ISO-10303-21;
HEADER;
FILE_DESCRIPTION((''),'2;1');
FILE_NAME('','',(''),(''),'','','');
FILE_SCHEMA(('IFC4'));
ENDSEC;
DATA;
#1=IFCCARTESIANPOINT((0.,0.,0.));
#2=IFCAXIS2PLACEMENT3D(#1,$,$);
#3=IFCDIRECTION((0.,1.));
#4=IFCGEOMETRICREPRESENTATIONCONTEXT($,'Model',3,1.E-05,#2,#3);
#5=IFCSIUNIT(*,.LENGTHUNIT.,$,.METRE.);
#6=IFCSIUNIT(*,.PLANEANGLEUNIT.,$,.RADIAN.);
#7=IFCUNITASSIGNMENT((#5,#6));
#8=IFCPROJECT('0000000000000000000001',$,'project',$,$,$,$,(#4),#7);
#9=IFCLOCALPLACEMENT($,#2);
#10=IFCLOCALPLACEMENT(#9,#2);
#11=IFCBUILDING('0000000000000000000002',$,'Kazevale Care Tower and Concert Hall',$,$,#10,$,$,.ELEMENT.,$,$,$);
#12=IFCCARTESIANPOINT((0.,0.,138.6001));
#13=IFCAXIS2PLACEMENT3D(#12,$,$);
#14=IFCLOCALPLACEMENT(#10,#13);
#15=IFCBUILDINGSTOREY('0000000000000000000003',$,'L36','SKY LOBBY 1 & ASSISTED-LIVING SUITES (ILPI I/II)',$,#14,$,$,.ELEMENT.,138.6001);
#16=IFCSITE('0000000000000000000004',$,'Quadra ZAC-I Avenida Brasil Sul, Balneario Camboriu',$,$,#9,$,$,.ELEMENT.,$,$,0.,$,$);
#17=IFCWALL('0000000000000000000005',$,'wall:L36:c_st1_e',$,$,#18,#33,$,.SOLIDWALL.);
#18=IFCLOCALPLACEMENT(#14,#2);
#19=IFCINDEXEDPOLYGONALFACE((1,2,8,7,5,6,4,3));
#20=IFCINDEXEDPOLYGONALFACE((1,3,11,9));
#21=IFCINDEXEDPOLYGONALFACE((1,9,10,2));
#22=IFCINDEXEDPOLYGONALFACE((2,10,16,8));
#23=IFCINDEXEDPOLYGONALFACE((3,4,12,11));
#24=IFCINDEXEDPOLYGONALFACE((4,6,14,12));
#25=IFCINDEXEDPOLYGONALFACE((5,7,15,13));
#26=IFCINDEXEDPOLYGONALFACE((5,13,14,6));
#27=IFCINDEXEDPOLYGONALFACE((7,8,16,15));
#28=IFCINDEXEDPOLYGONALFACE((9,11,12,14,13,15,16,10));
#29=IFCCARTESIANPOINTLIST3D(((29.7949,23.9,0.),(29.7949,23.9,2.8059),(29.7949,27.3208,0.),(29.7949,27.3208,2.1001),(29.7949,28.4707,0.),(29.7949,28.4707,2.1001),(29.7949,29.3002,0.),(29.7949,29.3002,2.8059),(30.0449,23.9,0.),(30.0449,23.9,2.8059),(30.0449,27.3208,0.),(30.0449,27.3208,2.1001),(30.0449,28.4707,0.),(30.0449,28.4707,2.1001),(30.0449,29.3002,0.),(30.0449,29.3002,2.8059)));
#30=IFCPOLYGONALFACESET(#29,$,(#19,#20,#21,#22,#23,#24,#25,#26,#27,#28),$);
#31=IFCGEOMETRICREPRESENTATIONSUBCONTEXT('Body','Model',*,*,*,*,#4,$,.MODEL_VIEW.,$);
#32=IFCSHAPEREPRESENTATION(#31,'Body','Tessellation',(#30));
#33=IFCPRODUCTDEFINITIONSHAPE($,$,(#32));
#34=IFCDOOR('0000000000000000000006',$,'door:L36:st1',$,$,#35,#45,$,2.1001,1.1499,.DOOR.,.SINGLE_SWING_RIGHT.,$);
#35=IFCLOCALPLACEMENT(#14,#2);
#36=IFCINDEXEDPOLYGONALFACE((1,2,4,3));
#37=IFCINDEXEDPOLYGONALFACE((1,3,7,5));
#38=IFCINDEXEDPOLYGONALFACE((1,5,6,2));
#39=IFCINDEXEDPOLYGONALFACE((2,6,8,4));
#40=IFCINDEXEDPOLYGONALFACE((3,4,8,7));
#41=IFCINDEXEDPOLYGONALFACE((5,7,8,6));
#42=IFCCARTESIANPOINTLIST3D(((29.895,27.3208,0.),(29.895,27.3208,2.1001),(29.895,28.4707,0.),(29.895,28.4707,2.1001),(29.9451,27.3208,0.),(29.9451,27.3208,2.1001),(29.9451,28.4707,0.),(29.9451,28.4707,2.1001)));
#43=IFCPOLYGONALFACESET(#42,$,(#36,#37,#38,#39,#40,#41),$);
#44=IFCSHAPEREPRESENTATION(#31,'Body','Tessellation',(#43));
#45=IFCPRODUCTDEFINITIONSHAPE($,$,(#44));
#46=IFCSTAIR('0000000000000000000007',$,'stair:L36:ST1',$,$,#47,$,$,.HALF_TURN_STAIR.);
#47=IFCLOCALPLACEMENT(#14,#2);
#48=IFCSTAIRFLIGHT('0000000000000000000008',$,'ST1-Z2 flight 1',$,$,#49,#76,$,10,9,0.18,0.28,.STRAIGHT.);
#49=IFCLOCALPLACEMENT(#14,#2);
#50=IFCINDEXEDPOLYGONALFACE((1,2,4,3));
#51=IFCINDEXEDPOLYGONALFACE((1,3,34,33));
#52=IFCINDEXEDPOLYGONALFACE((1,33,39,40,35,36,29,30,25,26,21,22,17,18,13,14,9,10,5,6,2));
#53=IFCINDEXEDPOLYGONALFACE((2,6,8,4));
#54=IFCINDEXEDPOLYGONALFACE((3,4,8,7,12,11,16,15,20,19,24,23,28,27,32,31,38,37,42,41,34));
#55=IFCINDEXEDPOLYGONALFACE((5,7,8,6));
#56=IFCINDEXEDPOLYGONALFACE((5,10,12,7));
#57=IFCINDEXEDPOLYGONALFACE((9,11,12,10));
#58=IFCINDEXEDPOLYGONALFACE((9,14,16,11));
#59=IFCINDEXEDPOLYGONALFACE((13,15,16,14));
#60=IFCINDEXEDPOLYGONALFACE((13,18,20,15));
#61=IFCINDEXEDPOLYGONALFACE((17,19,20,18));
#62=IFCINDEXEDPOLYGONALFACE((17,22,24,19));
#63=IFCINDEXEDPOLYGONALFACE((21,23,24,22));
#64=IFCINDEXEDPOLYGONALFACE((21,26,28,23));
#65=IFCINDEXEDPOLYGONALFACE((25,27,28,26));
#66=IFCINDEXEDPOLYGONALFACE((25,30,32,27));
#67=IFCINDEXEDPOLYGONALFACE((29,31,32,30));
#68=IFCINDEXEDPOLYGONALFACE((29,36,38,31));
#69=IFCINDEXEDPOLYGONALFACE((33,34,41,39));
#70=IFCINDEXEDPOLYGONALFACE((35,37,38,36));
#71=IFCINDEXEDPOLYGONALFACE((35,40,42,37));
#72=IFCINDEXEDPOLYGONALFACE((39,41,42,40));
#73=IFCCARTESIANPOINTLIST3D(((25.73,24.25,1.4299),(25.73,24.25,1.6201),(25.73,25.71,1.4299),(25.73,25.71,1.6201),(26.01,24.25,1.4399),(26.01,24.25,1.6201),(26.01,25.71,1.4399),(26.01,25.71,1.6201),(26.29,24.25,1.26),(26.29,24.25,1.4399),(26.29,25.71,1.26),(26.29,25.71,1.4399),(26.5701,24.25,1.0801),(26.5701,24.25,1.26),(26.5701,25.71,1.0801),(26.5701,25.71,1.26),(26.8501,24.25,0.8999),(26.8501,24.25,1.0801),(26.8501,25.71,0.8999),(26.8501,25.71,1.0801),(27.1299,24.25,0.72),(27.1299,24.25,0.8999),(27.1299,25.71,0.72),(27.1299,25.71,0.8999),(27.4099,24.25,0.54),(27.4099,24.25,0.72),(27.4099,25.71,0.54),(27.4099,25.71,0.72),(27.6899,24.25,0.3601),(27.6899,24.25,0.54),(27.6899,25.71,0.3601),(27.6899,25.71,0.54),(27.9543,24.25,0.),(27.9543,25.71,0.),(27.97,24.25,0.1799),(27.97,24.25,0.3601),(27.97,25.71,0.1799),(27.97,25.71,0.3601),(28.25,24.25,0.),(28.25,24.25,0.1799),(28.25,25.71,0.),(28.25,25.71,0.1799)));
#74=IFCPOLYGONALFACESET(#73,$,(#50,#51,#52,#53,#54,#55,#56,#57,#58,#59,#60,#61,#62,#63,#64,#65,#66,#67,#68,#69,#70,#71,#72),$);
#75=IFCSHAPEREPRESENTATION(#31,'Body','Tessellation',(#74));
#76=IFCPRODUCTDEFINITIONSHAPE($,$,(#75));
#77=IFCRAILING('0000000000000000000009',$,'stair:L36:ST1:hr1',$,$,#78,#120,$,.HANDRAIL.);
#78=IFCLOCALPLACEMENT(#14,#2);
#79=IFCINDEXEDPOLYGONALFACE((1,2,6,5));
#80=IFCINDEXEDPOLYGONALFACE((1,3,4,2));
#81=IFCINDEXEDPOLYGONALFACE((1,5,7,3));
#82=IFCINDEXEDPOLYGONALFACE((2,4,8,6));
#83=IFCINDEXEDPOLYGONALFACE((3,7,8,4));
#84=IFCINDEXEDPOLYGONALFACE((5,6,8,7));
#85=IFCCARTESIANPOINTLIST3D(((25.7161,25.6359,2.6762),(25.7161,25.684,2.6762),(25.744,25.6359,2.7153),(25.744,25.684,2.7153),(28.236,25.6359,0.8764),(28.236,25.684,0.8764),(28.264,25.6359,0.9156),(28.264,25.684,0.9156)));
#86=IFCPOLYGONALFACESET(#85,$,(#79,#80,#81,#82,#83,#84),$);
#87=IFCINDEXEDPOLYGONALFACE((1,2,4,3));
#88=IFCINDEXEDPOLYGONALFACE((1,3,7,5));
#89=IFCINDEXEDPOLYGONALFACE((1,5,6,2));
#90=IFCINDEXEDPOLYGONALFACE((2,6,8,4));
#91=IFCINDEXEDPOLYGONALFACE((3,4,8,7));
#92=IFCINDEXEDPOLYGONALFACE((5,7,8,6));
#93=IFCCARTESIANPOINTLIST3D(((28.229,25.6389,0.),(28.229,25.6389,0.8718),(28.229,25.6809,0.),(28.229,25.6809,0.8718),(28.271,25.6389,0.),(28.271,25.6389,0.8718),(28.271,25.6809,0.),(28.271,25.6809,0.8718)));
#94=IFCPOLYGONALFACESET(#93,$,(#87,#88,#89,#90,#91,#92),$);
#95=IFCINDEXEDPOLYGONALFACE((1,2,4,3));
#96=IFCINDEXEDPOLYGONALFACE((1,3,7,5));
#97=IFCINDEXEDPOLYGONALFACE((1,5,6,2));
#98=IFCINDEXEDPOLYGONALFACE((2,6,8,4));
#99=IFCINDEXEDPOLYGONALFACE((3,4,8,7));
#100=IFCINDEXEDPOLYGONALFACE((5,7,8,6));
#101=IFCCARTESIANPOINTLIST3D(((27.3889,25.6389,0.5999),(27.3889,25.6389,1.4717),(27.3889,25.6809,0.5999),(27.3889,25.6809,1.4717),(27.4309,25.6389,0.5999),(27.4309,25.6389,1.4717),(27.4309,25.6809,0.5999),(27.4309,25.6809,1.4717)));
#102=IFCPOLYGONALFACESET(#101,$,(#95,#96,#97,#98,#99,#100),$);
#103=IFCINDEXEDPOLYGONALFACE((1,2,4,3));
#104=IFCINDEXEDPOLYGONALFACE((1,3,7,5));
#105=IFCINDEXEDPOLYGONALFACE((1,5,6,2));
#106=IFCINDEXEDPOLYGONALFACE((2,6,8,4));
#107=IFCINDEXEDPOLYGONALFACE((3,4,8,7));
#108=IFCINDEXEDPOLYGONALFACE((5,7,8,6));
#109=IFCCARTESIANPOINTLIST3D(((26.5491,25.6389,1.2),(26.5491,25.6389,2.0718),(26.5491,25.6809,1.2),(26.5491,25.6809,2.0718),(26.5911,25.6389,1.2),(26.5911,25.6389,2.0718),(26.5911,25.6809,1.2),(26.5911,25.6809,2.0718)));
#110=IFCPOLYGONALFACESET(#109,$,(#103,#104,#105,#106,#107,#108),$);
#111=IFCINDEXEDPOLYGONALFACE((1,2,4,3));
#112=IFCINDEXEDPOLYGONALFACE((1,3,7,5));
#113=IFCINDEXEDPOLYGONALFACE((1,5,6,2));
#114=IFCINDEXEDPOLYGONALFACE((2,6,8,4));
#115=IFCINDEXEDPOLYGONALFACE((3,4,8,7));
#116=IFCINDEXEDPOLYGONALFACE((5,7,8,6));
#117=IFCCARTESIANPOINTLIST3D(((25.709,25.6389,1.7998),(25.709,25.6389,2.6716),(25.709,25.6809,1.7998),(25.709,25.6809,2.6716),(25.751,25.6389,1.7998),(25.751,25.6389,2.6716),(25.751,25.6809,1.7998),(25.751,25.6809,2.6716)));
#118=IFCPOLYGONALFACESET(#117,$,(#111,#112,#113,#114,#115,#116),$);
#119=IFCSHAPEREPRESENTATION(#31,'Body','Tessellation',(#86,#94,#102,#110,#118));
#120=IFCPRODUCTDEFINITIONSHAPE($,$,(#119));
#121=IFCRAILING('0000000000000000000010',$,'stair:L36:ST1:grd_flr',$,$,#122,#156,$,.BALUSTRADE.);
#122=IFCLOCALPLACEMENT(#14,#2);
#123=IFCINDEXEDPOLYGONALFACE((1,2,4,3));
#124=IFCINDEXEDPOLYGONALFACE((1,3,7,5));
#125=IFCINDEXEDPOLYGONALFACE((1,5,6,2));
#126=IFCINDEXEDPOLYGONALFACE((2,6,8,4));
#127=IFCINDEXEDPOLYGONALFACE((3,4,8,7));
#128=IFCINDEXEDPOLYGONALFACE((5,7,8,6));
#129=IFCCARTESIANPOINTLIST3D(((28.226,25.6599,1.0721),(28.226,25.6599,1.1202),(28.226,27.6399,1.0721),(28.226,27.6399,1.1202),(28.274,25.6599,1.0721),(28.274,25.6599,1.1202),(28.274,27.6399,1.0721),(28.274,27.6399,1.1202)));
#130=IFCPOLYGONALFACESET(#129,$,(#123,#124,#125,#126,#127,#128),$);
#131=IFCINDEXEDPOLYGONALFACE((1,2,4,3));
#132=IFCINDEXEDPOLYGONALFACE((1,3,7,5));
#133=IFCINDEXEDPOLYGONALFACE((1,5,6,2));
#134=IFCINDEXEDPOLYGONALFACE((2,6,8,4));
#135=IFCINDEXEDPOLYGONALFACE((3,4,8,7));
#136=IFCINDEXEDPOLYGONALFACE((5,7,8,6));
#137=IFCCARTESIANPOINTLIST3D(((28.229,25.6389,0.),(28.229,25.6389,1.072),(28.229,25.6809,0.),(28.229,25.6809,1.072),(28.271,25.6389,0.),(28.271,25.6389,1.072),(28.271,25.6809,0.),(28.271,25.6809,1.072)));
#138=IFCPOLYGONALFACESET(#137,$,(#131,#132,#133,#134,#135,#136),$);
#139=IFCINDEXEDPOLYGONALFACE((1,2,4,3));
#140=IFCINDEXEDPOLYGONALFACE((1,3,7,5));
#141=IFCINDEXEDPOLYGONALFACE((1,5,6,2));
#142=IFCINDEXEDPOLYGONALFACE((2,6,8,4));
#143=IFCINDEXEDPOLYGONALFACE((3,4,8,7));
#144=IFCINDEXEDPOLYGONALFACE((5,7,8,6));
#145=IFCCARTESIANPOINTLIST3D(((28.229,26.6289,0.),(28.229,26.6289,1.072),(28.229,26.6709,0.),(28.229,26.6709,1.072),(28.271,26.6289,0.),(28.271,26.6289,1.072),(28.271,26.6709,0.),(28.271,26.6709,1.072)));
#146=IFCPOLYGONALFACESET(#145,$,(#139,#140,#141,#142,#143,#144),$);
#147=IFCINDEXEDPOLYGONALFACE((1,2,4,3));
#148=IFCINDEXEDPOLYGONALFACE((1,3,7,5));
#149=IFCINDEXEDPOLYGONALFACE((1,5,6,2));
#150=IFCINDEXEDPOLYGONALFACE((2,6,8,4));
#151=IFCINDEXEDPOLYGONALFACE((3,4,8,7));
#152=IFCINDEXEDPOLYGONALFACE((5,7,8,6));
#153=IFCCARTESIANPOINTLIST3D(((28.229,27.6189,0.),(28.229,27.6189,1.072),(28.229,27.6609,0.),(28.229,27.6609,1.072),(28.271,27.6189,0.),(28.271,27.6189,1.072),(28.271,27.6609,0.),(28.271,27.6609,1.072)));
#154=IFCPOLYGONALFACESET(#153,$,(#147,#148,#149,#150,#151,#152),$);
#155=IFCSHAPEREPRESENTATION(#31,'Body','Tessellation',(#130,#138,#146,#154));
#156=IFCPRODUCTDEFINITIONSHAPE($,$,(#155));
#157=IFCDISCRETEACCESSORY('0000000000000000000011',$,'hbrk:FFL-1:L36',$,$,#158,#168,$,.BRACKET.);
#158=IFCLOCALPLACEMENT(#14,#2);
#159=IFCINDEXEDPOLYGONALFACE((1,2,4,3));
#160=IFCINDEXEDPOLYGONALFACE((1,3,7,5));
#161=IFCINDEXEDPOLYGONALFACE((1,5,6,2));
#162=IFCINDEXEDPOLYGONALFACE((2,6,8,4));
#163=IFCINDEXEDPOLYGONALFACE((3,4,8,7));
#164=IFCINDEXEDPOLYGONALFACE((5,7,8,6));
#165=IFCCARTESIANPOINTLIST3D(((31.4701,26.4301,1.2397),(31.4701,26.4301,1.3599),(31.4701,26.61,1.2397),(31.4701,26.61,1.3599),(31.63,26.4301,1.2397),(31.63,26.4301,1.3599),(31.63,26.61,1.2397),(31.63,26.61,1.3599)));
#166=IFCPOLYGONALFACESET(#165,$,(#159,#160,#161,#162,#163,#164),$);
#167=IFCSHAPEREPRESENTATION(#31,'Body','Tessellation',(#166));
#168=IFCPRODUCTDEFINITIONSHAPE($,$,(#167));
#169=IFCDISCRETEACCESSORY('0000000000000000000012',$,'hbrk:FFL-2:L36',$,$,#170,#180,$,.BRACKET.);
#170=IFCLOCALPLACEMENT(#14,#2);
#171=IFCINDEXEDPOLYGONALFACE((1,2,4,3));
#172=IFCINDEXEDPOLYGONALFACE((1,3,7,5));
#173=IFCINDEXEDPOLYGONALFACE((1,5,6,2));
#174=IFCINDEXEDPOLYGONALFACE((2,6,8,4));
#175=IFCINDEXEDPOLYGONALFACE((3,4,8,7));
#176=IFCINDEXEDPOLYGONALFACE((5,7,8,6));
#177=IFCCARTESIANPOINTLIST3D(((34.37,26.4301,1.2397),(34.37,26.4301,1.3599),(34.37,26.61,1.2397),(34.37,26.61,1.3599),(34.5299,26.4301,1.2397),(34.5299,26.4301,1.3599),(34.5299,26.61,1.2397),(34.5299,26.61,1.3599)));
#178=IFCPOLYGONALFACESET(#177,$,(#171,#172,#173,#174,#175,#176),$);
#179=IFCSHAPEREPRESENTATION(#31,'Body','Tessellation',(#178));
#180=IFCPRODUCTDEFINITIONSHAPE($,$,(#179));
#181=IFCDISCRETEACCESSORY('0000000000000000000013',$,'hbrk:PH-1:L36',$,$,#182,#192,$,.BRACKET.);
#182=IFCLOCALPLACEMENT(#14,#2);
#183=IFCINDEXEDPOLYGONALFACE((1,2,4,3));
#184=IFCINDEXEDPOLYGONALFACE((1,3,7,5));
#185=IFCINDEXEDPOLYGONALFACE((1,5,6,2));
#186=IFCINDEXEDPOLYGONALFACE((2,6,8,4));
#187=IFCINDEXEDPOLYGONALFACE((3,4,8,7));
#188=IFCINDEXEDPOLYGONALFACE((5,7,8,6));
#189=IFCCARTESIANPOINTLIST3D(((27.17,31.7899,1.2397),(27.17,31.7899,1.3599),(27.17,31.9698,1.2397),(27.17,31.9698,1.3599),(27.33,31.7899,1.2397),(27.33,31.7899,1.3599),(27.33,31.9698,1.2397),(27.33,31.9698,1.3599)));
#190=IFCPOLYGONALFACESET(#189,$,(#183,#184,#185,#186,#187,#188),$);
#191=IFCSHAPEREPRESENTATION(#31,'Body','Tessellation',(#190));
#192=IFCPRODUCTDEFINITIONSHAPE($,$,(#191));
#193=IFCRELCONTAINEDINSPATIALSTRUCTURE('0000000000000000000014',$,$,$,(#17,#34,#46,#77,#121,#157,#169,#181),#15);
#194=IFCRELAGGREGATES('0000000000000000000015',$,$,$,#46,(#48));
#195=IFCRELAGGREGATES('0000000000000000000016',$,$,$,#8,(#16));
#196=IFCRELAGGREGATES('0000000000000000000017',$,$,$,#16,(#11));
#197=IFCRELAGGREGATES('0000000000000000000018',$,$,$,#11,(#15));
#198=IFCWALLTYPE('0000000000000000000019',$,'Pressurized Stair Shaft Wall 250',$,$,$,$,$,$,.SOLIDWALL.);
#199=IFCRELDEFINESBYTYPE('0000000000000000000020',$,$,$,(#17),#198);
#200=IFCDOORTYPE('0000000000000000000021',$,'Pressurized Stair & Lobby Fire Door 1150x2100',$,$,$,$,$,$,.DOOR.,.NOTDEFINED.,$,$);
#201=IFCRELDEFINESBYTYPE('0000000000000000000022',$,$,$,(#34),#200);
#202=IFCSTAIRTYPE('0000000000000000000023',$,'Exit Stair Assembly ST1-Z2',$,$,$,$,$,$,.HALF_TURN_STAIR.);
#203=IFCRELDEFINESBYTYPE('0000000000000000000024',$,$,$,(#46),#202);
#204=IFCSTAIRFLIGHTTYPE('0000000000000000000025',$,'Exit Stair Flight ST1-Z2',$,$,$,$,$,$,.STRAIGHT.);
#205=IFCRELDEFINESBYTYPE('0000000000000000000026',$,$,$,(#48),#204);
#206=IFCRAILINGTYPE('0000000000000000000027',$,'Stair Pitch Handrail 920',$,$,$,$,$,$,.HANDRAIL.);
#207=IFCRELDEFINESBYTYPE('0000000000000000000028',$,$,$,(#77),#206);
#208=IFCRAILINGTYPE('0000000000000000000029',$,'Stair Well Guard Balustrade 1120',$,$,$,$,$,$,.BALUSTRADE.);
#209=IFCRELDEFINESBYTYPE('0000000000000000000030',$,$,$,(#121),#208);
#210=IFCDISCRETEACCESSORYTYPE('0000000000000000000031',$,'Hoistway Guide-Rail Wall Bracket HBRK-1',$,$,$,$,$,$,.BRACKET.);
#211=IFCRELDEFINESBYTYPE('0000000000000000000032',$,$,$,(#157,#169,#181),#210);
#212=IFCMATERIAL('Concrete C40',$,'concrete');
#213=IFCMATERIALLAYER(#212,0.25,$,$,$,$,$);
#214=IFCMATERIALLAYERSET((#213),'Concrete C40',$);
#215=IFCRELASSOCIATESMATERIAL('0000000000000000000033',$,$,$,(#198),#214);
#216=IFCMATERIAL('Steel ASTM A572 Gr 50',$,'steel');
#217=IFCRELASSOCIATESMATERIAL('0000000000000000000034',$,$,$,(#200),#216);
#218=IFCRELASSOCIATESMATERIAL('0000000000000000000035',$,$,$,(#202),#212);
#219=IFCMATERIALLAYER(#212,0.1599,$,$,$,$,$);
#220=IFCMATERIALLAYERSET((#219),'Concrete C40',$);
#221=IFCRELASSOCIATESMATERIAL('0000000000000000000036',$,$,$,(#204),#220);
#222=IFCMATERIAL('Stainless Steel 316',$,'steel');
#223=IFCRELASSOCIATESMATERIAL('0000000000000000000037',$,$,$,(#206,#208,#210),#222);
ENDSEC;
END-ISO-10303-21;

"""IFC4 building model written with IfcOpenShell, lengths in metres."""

from ifc_helpers import new_model, si_unit, direction, frame, frame_2d, origin, origin_2d, place, context, subcontext, project, spatial, polyline, rectangle, outline, extrude, material, layer, layer_set, type_object, element, fill, aggregate, save


model = new_model("IFC4")

# Units and contexts
model_context = context("Model", 3, precision=1e-05, world=origin(), true_north=direction((0.0, 1.0)))
body_context = subcontext(model_context, "Body", "Model", "MODEL_VIEW")
ifc_project = project(units=[si_unit("LENGTHUNIT", "METRE"), si_unit("PLANEANGLEUNIT", "RADIAN")], contexts=[model_context])

# Site, building, storey
site_placement = place(None, origin())
site = spatial("IfcSite", under=ifc_project, at=site_placement, Name="Quadra ZAC-I Avenida Brasil Sul, Balneario Camboriu", CompositionType="ELEMENT", RefElevation=0.0)
building_placement = place(site_placement, origin())
building = spatial("IfcBuilding", under=site, at=building_placement, Name="Kazevale Care Tower and Concert Hall", CompositionType="ELEMENT")
storey_placement = place(building_placement, frame((0.0, 0.0, 138.6001)))
storey = spatial("IfcBuildingStorey", under=building, at=storey_placement, Name="L36", Description="SKY LOBBY 1 & ASSISTED-LIVING SUITES (ILPI I/II)", CompositionType="ELEMENT", Elevation=138.6001)

# Shared definitions
ifc_material_1 = material(Name="Steel ASTM A572 Gr 50", Category="steel")

# Shared definitions
ifc_material_2 = material(Name="Concrete C40", Category="concrete")
ifc_material_3 = material(Name="Stainless Steel 316", Category="steel")

# Wall, opening, door
ifc_layer_1 = layer(ifc_material_2, 0.25)
ifc_layer_set_1 = layer_set([ifc_layer_1], Name="Concrete C40")
wall_type_1 = type_object("IfcWallType", Name="Pressurized Stair Shaft Wall 250", PredefinedType="SOLIDWALL", material=ifc_layer_set_1)
wall_1_placement = place(storey_placement, frame((29.9199, 23.8999, 0.0), z_axis=(0.0, 0.0, 1.0), x_axis=(0.0, 1.0, 0.0)))
wall_1 = element("IfcWall", 1, at=wall_1_placement, inside=storey, type_object=wall_type_1, Name="wall:L36:c_st1_e", PredefinedType="SOLIDWALL", context=body_context, shape_type="SweptSolid", body=[
    extrude(rectangle(XDim=5.4001, YDim=0.25, at=frame_2d((2.7002, 0.0))), origin(), (0.0, 0.0, 1.0), 2.8059),
])
opening_1_placement = place(wall_1_placement, frame((3.4209, 0.0, 0.0)))
opening_1 = element("IfcOpeningElement", 2, at=opening_1_placement, cuts=wall_1, PredefinedType="OPENING", context=body_context, shape_type="SweptSolid", body=[
    extrude(rectangle(XDim=1.1499, YDim=2.1001, at=frame_2d((0.575, 1.05))), frame((0.0, 0.135, 0.0), z_axis=(0.0, -1.0, 0.0), x_axis=(1.0, 0.0, 0.0)), (0.0, 0.0, 1.0), 0.27),
])
door_type_1 = type_object("IfcDoorType", Name="Pressurized Stair & Lobby Fire Door 1150x2100", OperationType="NOTDEFINED", PredefinedType="DOOR", material=ifc_material_1)
door_1_placement = place(opening_1_placement, origin())
door_1 = element("IfcDoor", 3, at=door_1_placement, inside=storey, type_object=door_type_1, Name="door:L36:st1", OperationType="SINGLE_SWING_RIGHT", OverallHeight=2.1001, OverallWidth=1.1499, PredefinedType="DOOR", context=body_context, shape_type="SweptSolid", body=[
    extrude(rectangle(XDim=1.1499, YDim=2.1001, at=frame_2d((0.575, 1.05))), frame((0.0, 0.0249, 0.0), z_axis=(0.0, -1.0, 0.0), x_axis=(1.0, 0.0, 0.0)), (0.0, 0.0, 1.0), 0.05),
])
fill(opening_1, door_1)

# Stair, stair flight
stair_type = type_object("IfcStairType", Name="Exit Stair Assembly ST1-Z2", PredefinedType="HALF_TURN_STAIR", material=ifc_material_2)
stair_placement = place(storey_placement, origin())
stair = element("IfcStair", 4, at=stair_placement, inside=storey, type_object=stair_type, Name="stair:L36:ST1", PredefinedType="HALF_TURN_STAIR")
ifc_layer_2 = layer(ifc_material_2, 0.1599)
ifc_layer_set_2 = layer_set([ifc_layer_2], Name="Concrete C40")
stair_flight_type = type_object("IfcStairFlightType", Name="Exit Stair Flight ST1-Z2", PredefinedType="STRAIGHT", material=ifc_layer_set_2)
stair_flight_placement = place(storey_placement, frame((28.25, 24.98, 0.0), z_axis=(0.0, 0.0, 1.0), x_axis=(-1.0, 0.0, 0.0)))
stair_flight = element("IfcStairFlight", 5, at=stair_flight_placement, type_object=stair_flight_type, Name="ST1-Z2 flight 1", NumberOfRisers=10, NumberOfTreads=9, PredefinedType="STRAIGHT", RiserHeight=0.18, TreadLength=0.28, context=body_context, shape_type="SweptSolid", body=[
    extrude(outline(polyline([(0.0, 0.0), (0.0, 0.1799), (0.28, 0.1799), (0.28, 0.3601), (0.5601, 0.3601), (0.5601, 0.54), (0.8401, 0.54), (0.8401, 0.72), (1.1201, 0.72), (1.1201, 0.8999), (1.3999, 0.8999), (1.3999, 1.0801), (1.6799, 1.0801), (1.6799, 1.26), (1.96, 1.26), (1.96, 1.4399), (2.24, 1.4399), (2.24, 1.6201), (2.52, 1.6201), (2.52, 1.8), (2.52, 1.4299), (0.2957, 0.0), (0.0, 0.0)])), frame((0.0, 0.73, 0.0), z_axis=(0.0, -1.0, 0.0), x_axis=(1.0, 0.0, 0.0)), (0.0, 0.0, 1.0), 1.46),
])
aggregate(stair, [stair_flight])

# Railings
railing_type_1 = type_object("IfcRailingType", Name="Stair Pitch Handrail 920", PredefinedType="HANDRAIL", material=ifc_material_3)
railing_1_placement = place(storey_placement, frame((28.25, 25.6599, 0.0)))
element("IfcRailing", 6, at=railing_1_placement, inside=storey, type_object=railing_type_1, Name="stair:L36:ST1:hr1", PredefinedType="HANDRAIL", context=body_context, shape_type="SweptSolid", body=[
    extrude(rectangle(XDim=0.0481, YDim=0.0481, at=origin_2d()), frame((0.0, 0.0, 0.896), z_axis=(-0.813765, 0.0, 0.581193), x_axis=(0.0, -1.0, 0.0)), (0.0, 0.0, 1.0), 3.0967),
    extrude(rectangle(XDim=0.042, YDim=0.042, at=origin_2d()), origin(), (0.0, 0.0, 1.0), 0.8718),
    extrude(rectangle(XDim=0.042, YDim=0.042, at=origin_2d()), frame((-0.8401, 0.0, 0.5999)), (0.0, 0.0, 1.0), 0.8718),
    extrude(rectangle(XDim=0.042, YDim=0.042, at=origin_2d()), frame((-1.6799, 0.0, 1.2)), (0.0, 0.0, 1.0), 0.8718),
    extrude(rectangle(XDim=0.042, YDim=0.042, at=origin_2d()), frame((-2.52, 0.0, 1.7998)), (0.0, 0.0, 1.0), 0.8718),
])
railing_type_2 = type_object("IfcRailingType", Name="Stair Well Guard Balustrade 1120", PredefinedType="BALUSTRADE", material=ifc_material_3)
railing_2_placement = place(storey_placement, frame((28.25, 25.6599, 0.0)))
element("IfcRailing", 7, at=railing_2_placement, inside=storey, type_object=railing_type_2, Name="stair:L36:ST1:grd_flr", PredefinedType="BALUSTRADE", context=body_context, shape_type="SweptSolid", body=[
    extrude(rectangle(XDim=0.0481, YDim=0.0481, at=origin_2d()), frame((0.0, 0.0, 1.0962), z_axis=(0.0, 1.0, 0.0), x_axis=(-1.0, 0.0, 0.0)), (0.0, 0.0, 1.0), 1.98),
    extrude(rectangle(XDim=0.042, YDim=0.042, at=origin_2d()), origin(), (0.0, 0.0, 1.0), 1.072),
    extrude(rectangle(XDim=0.042, YDim=0.042, at=origin_2d()), frame((0.0, 0.99, 0.0)), (0.0, 0.0, 1.0), 1.072),
    extrude(rectangle(XDim=0.042, YDim=0.042, at=origin_2d()), frame((0.0, 1.98, 0.0)), (0.0, 0.0, 1.0), 1.072),
])

# Discrete accessories
discrete_accessory_type = type_object("IfcDiscreteAccessoryType", Name="Hoistway Guide-Rail Wall Bracket HBRK-1", PredefinedType="BRACKET", material=ifc_material_3)
for number, where, z_axis, x_axis, name in (
    (8, (31.55, 26.52, 1.2397), (0.0, 0.0, 1.0), (1.0, 0.0, 0.0), "hbrk:FFL-1:L36"),
    (9, (34.45, 26.52, 1.2397), (0.0, 0.0, 1.0), (1.0, 0.0, 0.0), "hbrk:FFL-2:L36"),
    (10, (27.25, 31.8799, 1.2397), (0.0, 0.0, 1.0), (1.0, 0.0, 0.0), "hbrk:PH-1:L36"),
):
    element("IfcDiscreteAccessory", number, at=place(storey_placement, frame(where, z_axis=z_axis, x_axis=x_axis)), inside=storey, type_object=discrete_accessory_type, Name=name, PredefinedType="BRACKET", context=body_context, shape_type="SweptSolid", body=[
        extrude(rectangle(XDim=0.1599, YDim=0.1799, at=origin_2d()), origin(), (0.0, 0.0, 1.0), 0.1201),
    ])

save(model, "model.ifc")
